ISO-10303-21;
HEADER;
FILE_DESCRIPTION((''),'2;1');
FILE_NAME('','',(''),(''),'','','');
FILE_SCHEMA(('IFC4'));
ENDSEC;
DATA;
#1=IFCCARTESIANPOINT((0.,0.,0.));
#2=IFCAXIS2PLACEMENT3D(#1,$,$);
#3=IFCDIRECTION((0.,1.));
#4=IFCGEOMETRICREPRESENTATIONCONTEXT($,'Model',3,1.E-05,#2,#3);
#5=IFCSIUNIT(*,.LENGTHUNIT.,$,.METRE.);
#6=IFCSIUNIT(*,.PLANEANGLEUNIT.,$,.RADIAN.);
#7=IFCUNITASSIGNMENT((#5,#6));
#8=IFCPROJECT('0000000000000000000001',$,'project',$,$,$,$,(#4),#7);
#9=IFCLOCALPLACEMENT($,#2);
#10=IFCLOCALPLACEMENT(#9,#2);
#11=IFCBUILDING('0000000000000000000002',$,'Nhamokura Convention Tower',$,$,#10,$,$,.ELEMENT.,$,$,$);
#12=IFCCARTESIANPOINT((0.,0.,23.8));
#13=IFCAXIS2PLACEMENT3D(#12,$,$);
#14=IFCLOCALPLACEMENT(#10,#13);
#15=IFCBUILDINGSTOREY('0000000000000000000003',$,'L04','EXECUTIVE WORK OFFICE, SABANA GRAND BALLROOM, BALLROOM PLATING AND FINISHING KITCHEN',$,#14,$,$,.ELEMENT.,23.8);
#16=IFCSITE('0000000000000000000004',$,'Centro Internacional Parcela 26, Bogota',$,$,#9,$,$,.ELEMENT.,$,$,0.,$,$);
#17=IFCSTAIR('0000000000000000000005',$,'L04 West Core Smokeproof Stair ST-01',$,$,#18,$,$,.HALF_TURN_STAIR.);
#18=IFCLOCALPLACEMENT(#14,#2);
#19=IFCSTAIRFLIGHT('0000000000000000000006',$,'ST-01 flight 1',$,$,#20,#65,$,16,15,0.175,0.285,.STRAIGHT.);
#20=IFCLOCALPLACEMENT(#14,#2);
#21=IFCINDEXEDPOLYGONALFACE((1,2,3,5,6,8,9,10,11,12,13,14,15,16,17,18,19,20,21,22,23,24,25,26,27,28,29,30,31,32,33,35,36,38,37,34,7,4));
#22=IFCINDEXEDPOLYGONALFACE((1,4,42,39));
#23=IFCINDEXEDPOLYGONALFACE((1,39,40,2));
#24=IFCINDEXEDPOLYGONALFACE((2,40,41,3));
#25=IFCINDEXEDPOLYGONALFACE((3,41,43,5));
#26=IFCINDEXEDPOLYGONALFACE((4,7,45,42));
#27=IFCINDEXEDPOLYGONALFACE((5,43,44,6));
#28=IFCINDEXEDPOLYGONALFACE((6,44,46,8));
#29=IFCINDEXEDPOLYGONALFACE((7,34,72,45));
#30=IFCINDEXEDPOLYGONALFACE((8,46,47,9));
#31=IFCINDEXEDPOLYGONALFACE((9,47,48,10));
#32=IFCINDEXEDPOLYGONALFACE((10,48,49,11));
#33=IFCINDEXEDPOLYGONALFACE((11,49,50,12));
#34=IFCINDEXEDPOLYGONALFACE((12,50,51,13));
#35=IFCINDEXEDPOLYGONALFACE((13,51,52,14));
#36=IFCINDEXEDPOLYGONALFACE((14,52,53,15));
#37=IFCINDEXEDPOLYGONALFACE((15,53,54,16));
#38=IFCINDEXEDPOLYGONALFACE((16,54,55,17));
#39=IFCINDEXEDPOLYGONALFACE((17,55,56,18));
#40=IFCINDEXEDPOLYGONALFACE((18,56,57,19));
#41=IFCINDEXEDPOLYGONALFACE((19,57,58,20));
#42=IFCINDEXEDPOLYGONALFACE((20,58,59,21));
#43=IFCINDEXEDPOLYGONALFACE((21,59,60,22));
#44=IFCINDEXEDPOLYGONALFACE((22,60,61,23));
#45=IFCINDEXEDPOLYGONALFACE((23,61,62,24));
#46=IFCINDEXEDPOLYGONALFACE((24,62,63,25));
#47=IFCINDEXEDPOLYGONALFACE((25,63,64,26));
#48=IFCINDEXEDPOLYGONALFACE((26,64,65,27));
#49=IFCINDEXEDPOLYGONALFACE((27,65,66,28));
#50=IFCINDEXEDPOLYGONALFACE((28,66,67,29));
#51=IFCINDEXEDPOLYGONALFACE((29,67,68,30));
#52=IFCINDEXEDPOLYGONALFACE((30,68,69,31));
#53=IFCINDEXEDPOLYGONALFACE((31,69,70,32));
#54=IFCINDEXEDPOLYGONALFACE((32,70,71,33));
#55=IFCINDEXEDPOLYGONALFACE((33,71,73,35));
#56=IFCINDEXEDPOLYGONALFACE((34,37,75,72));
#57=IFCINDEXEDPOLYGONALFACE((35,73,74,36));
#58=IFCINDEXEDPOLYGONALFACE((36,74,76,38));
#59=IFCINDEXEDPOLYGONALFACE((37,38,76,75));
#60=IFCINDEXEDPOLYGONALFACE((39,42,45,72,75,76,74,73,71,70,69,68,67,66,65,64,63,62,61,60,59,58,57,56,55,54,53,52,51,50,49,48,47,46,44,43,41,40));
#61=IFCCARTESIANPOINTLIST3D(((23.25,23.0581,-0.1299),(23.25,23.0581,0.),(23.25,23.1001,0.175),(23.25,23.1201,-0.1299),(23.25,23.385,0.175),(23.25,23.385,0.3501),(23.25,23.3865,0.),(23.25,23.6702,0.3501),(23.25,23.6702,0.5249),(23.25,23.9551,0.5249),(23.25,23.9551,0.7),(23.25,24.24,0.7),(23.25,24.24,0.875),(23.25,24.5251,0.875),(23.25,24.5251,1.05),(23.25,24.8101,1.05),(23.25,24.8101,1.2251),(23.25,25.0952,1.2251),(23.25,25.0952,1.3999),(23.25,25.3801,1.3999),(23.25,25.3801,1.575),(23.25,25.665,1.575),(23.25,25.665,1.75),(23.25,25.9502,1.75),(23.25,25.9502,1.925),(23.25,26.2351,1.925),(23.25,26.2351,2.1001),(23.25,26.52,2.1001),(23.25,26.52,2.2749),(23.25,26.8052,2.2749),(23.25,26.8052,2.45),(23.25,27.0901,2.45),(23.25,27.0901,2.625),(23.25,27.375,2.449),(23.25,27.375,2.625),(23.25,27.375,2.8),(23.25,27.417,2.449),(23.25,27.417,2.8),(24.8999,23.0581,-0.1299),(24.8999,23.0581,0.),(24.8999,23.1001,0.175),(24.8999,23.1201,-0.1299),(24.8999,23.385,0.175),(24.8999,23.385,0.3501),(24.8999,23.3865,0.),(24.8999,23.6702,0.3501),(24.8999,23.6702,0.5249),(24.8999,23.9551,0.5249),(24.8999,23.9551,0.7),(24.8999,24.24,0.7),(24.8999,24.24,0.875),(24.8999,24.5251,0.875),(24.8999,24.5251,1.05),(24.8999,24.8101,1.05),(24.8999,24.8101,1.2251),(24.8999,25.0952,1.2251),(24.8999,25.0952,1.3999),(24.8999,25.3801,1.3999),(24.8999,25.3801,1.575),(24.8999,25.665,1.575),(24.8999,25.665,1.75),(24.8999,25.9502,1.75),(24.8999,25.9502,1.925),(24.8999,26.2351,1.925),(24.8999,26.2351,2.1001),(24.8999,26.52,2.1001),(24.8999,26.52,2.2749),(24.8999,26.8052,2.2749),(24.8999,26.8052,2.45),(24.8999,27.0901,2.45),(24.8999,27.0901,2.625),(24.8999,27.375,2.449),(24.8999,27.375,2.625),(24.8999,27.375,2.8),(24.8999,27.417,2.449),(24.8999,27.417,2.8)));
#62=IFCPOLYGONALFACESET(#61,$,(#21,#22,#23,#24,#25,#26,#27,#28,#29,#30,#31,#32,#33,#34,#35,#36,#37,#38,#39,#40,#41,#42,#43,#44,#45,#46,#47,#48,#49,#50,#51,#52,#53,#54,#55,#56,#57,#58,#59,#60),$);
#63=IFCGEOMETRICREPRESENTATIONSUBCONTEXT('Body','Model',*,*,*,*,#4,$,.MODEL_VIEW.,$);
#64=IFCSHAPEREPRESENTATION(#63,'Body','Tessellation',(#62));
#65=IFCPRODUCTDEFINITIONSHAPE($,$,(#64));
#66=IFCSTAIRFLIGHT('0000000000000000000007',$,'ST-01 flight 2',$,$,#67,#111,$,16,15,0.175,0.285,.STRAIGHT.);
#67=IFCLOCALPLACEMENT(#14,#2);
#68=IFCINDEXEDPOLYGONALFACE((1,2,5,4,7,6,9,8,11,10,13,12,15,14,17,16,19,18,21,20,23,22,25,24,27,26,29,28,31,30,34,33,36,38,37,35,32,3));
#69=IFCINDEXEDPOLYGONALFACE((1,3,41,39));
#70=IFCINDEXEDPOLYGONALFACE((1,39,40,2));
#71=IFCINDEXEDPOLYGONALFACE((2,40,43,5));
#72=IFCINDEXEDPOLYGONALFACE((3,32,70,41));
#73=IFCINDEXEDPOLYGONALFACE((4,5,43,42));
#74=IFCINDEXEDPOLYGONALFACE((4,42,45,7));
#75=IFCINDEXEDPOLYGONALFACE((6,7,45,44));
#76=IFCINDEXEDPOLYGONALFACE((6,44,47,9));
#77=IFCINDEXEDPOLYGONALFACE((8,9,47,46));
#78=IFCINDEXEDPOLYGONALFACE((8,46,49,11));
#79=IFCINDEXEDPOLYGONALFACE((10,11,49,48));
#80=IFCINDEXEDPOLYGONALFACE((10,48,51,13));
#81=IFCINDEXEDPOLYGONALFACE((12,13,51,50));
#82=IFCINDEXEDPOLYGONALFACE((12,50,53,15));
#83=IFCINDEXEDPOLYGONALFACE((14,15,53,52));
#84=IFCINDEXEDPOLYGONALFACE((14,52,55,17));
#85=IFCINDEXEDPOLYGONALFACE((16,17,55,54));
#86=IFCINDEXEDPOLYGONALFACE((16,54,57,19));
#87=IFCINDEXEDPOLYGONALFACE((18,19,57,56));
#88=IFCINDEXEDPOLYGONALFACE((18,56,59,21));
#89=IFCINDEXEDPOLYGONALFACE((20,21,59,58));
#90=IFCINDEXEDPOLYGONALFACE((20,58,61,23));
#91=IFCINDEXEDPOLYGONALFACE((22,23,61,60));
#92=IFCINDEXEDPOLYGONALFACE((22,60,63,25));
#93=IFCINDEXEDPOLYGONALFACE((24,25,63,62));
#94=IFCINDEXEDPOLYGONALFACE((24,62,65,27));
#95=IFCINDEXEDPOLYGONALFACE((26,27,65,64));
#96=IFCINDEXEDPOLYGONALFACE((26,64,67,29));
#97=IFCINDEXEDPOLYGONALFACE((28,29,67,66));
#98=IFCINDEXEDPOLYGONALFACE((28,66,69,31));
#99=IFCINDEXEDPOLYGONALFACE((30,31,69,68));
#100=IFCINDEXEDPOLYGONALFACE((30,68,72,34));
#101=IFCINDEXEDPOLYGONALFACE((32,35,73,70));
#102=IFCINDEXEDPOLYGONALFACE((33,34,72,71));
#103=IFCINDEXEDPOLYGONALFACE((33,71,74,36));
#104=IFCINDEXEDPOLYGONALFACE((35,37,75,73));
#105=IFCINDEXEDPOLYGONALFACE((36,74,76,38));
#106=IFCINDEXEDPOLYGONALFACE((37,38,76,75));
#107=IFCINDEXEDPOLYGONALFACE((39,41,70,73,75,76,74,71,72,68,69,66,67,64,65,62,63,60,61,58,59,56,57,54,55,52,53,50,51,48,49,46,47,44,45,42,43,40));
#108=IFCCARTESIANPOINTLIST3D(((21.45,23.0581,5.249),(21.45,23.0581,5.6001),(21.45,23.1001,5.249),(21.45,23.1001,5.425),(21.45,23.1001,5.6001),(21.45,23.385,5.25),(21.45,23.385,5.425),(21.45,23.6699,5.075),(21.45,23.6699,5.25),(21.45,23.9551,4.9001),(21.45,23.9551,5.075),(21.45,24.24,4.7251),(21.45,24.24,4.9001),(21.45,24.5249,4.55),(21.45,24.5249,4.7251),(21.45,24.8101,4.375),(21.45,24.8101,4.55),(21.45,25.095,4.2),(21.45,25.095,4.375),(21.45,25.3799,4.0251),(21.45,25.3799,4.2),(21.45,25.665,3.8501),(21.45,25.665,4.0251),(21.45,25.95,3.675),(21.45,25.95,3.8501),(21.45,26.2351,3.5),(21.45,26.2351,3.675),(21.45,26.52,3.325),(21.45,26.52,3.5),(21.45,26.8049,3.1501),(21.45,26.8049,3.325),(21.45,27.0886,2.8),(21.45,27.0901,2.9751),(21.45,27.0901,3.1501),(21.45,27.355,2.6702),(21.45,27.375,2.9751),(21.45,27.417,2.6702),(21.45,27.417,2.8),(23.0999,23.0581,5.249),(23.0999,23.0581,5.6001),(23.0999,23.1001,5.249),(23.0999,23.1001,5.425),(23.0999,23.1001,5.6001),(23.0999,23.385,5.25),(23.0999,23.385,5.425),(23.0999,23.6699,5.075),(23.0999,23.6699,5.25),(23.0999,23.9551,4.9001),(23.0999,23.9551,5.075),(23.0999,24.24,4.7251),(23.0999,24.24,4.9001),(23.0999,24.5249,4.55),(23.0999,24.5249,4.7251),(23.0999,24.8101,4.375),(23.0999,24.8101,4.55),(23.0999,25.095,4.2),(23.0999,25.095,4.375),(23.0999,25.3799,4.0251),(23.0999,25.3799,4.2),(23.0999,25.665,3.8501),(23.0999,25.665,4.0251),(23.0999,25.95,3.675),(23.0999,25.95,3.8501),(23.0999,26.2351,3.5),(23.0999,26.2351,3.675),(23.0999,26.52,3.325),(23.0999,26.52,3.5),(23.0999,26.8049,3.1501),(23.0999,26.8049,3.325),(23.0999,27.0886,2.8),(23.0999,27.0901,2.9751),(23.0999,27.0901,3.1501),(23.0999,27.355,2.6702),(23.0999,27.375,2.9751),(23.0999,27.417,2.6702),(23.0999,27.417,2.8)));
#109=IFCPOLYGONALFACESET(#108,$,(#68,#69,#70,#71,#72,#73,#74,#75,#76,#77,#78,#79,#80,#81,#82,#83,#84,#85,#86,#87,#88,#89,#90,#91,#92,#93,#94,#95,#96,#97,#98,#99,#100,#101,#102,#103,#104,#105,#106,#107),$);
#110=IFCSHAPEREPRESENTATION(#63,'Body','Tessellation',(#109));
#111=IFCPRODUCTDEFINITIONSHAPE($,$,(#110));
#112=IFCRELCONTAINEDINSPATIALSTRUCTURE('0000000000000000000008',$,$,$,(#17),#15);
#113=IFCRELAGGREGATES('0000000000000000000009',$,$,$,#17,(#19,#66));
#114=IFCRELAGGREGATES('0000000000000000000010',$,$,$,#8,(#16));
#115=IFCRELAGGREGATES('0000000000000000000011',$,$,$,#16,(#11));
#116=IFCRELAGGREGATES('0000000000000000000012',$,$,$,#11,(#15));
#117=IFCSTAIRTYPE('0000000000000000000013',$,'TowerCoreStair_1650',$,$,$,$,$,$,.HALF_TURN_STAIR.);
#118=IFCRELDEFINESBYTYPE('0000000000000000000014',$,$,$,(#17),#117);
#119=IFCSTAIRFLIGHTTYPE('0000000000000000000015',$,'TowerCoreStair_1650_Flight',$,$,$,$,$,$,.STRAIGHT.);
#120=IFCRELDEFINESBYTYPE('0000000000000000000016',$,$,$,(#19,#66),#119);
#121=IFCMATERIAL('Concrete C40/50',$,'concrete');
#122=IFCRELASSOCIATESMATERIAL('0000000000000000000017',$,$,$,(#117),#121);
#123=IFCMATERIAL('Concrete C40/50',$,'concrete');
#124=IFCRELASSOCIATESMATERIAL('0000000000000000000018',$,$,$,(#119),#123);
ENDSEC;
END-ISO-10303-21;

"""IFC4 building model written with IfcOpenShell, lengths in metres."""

from ifc_helpers import new_model, si_unit, direction, frame, origin, place, context, subcontext, project, spatial, polyline, outline, extrude, material, type_object, element, aggregate, save


model = new_model("IFC4")

# Units and contexts
model_context = context("Model", 3, precision=1e-05, world=origin(), true_north=direction((0.0, 1.0)))
body_context = subcontext(model_context, "Body", "Model", "MODEL_VIEW")
ifc_project = project(units=[si_unit("LENGTHUNIT", "METRE"), si_unit("PLANEANGLEUNIT", "RADIAN")], contexts=[model_context])

# Site, building, storey
site_placement = place(None, origin())
site = spatial("IfcSite", under=ifc_project, at=site_placement, Name="Centro Internacional Parcela 26, Bogota", CompositionType="ELEMENT", RefElevation=0.0)
building_placement = place(site_placement, origin())
building = spatial("IfcBuilding", under=site, at=building_placement, Name="Nhamokura Convention Tower", CompositionType="ELEMENT")
storey_placement = place(building_placement, frame((0.0, 0.0, 23.8)))
storey = spatial("IfcBuildingStorey", under=building, at=storey_placement, Name="L04", Description="EXECUTIVE WORK OFFICE, SABANA GRAND BALLROOM, BALLROOM PLATING AND FINISHING KITCHEN", CompositionType="ELEMENT", Elevation=23.8)

# Stair, stair flights
ifc_material_1 = material(Name="Concrete C40/50", Category="concrete")
stair_type = type_object("IfcStairType", Name="TowerCoreStair_1650", PredefinedType="HALF_TURN_STAIR", material=ifc_material_1)
stair_placement = place(storey_placement, origin())
stair = element("IfcStair", 1, at=stair_placement, inside=storey, type_object=stair_type, Name="L04 West Core Smokeproof Stair ST-01", PredefinedType="HALF_TURN_STAIR")
ifc_material_2 = material(Name="Concrete C40/50", Category="concrete")
stair_flight_type = type_object("IfcStairFlightType", Name="TowerCoreStair_1650_Flight", PredefinedType="STRAIGHT", material=ifc_material_2)
stair_flight_1_placement = place(storey_placement, frame((24.075, 23.1001, 0.0), z_axis=(0.0, 0.0, 1.0), x_axis=(0.0, 1.0, 0.0)))
stair_flight_1 = element("IfcStairFlight", 2, at=stair_flight_1_placement, type_object=stair_flight_type, Name="ST-01 flight 1", NumberOfRisers=16, NumberOfTreads=15, PredefinedType="STRAIGHT", RiserHeight=0.175, TreadLength=0.285, context=body_context, shape_type="SweptSolid", body=[
    extrude(outline(polyline([(-0.042, 0.0), (0.0, 0.175), (0.2849, 0.175), (0.2849, 0.3501), (0.5701, 0.3501), (0.5701, 0.5249), (0.855, 0.5249), (0.855, 0.7), (1.1399, 0.7), (1.1399, 0.875), (1.425, 0.875), (1.425, 1.05), (1.71, 1.05), (1.71, 1.2251), (1.9951, 1.2251), (1.9951, 1.3999), (2.28, 1.3999), (2.28, 1.575), (2.5649, 1.575), (2.5649, 1.75), (2.8501, 1.75), (2.8501, 1.925), (3.135, 1.925), (3.135, 2.1001), (3.4199, 2.1001), (3.4199, 2.2749), (3.7051, 2.2749), (3.7051, 2.45), (3.99, 2.45), (3.99, 2.625), (4.2749, 2.625), (4.2749, 2.8), (4.3169, 2.8), (4.3169, 2.449), (4.2749, 2.449), (0.2864, 0.0), (0.02, -0.1299), (-0.042, -0.1299), (-0.042, 0.0)])), frame((0.0, 0.825, 0.0), z_axis=(0.0, -1.0, 0.0), x_axis=(1.0, 0.0, 0.0)), (0.0, 0.0, 1.0), 1.6499),
])
stair_flight_2_placement = place(storey_placement, frame((22.2749, 27.375, 2.8), z_axis=(0.0, 0.0, 1.0), x_axis=(0.0, -1.0, 0.0)))
stair_flight_2 = element("IfcStairFlight", 3, at=stair_flight_2_placement, type_object=stair_flight_type, Name="ST-01 flight 2", NumberOfRisers=16, NumberOfTreads=15, PredefinedType="STRAIGHT", RiserHeight=0.175, TreadLength=0.285, context=body_context, shape_type="SweptSolid", body=[
    extrude(outline(polyline([(-0.042, 0.0), (0.0, 0.175), (0.2849, 0.175), (0.2849, 0.3501), (0.5701, 0.3501), (0.5701, 0.5249), (0.855, 0.5249), (0.855, 0.7), (1.1399, 0.7), (1.1399, 0.875), (1.425, 0.875), (1.425, 1.05), (1.71, 1.05), (1.71, 1.2251), (1.9951, 1.2251), (1.9951, 1.3999), (2.28, 1.3999), (2.28, 1.575), (2.5649, 1.575), (2.5649, 1.75), (2.8501, 1.75), (2.8501, 1.925), (3.135, 1.925), (3.135, 2.1001), (3.4199, 2.1001), (3.4199, 2.2749), (3.7051, 2.2749), (3.7051, 2.45), (3.99, 2.45), (3.99, 2.625), (4.2749, 2.625), (4.2749, 2.8), (4.3169, 2.8), (4.3169, 2.449), (4.2749, 2.449), (0.2864, 0.0), (0.02, -0.1299), (-0.042, -0.1299), (-0.042, 0.0)])), frame((0.0, 0.825, 0.0), z_axis=(0.0, -1.0, 0.0), x_axis=(1.0, 0.0, 0.0)), (0.0, 0.0, 1.0), 1.6499),
])
aggregate(stair, [stair_flight_1, stair_flight_2])

save(model, "model.ifc")
